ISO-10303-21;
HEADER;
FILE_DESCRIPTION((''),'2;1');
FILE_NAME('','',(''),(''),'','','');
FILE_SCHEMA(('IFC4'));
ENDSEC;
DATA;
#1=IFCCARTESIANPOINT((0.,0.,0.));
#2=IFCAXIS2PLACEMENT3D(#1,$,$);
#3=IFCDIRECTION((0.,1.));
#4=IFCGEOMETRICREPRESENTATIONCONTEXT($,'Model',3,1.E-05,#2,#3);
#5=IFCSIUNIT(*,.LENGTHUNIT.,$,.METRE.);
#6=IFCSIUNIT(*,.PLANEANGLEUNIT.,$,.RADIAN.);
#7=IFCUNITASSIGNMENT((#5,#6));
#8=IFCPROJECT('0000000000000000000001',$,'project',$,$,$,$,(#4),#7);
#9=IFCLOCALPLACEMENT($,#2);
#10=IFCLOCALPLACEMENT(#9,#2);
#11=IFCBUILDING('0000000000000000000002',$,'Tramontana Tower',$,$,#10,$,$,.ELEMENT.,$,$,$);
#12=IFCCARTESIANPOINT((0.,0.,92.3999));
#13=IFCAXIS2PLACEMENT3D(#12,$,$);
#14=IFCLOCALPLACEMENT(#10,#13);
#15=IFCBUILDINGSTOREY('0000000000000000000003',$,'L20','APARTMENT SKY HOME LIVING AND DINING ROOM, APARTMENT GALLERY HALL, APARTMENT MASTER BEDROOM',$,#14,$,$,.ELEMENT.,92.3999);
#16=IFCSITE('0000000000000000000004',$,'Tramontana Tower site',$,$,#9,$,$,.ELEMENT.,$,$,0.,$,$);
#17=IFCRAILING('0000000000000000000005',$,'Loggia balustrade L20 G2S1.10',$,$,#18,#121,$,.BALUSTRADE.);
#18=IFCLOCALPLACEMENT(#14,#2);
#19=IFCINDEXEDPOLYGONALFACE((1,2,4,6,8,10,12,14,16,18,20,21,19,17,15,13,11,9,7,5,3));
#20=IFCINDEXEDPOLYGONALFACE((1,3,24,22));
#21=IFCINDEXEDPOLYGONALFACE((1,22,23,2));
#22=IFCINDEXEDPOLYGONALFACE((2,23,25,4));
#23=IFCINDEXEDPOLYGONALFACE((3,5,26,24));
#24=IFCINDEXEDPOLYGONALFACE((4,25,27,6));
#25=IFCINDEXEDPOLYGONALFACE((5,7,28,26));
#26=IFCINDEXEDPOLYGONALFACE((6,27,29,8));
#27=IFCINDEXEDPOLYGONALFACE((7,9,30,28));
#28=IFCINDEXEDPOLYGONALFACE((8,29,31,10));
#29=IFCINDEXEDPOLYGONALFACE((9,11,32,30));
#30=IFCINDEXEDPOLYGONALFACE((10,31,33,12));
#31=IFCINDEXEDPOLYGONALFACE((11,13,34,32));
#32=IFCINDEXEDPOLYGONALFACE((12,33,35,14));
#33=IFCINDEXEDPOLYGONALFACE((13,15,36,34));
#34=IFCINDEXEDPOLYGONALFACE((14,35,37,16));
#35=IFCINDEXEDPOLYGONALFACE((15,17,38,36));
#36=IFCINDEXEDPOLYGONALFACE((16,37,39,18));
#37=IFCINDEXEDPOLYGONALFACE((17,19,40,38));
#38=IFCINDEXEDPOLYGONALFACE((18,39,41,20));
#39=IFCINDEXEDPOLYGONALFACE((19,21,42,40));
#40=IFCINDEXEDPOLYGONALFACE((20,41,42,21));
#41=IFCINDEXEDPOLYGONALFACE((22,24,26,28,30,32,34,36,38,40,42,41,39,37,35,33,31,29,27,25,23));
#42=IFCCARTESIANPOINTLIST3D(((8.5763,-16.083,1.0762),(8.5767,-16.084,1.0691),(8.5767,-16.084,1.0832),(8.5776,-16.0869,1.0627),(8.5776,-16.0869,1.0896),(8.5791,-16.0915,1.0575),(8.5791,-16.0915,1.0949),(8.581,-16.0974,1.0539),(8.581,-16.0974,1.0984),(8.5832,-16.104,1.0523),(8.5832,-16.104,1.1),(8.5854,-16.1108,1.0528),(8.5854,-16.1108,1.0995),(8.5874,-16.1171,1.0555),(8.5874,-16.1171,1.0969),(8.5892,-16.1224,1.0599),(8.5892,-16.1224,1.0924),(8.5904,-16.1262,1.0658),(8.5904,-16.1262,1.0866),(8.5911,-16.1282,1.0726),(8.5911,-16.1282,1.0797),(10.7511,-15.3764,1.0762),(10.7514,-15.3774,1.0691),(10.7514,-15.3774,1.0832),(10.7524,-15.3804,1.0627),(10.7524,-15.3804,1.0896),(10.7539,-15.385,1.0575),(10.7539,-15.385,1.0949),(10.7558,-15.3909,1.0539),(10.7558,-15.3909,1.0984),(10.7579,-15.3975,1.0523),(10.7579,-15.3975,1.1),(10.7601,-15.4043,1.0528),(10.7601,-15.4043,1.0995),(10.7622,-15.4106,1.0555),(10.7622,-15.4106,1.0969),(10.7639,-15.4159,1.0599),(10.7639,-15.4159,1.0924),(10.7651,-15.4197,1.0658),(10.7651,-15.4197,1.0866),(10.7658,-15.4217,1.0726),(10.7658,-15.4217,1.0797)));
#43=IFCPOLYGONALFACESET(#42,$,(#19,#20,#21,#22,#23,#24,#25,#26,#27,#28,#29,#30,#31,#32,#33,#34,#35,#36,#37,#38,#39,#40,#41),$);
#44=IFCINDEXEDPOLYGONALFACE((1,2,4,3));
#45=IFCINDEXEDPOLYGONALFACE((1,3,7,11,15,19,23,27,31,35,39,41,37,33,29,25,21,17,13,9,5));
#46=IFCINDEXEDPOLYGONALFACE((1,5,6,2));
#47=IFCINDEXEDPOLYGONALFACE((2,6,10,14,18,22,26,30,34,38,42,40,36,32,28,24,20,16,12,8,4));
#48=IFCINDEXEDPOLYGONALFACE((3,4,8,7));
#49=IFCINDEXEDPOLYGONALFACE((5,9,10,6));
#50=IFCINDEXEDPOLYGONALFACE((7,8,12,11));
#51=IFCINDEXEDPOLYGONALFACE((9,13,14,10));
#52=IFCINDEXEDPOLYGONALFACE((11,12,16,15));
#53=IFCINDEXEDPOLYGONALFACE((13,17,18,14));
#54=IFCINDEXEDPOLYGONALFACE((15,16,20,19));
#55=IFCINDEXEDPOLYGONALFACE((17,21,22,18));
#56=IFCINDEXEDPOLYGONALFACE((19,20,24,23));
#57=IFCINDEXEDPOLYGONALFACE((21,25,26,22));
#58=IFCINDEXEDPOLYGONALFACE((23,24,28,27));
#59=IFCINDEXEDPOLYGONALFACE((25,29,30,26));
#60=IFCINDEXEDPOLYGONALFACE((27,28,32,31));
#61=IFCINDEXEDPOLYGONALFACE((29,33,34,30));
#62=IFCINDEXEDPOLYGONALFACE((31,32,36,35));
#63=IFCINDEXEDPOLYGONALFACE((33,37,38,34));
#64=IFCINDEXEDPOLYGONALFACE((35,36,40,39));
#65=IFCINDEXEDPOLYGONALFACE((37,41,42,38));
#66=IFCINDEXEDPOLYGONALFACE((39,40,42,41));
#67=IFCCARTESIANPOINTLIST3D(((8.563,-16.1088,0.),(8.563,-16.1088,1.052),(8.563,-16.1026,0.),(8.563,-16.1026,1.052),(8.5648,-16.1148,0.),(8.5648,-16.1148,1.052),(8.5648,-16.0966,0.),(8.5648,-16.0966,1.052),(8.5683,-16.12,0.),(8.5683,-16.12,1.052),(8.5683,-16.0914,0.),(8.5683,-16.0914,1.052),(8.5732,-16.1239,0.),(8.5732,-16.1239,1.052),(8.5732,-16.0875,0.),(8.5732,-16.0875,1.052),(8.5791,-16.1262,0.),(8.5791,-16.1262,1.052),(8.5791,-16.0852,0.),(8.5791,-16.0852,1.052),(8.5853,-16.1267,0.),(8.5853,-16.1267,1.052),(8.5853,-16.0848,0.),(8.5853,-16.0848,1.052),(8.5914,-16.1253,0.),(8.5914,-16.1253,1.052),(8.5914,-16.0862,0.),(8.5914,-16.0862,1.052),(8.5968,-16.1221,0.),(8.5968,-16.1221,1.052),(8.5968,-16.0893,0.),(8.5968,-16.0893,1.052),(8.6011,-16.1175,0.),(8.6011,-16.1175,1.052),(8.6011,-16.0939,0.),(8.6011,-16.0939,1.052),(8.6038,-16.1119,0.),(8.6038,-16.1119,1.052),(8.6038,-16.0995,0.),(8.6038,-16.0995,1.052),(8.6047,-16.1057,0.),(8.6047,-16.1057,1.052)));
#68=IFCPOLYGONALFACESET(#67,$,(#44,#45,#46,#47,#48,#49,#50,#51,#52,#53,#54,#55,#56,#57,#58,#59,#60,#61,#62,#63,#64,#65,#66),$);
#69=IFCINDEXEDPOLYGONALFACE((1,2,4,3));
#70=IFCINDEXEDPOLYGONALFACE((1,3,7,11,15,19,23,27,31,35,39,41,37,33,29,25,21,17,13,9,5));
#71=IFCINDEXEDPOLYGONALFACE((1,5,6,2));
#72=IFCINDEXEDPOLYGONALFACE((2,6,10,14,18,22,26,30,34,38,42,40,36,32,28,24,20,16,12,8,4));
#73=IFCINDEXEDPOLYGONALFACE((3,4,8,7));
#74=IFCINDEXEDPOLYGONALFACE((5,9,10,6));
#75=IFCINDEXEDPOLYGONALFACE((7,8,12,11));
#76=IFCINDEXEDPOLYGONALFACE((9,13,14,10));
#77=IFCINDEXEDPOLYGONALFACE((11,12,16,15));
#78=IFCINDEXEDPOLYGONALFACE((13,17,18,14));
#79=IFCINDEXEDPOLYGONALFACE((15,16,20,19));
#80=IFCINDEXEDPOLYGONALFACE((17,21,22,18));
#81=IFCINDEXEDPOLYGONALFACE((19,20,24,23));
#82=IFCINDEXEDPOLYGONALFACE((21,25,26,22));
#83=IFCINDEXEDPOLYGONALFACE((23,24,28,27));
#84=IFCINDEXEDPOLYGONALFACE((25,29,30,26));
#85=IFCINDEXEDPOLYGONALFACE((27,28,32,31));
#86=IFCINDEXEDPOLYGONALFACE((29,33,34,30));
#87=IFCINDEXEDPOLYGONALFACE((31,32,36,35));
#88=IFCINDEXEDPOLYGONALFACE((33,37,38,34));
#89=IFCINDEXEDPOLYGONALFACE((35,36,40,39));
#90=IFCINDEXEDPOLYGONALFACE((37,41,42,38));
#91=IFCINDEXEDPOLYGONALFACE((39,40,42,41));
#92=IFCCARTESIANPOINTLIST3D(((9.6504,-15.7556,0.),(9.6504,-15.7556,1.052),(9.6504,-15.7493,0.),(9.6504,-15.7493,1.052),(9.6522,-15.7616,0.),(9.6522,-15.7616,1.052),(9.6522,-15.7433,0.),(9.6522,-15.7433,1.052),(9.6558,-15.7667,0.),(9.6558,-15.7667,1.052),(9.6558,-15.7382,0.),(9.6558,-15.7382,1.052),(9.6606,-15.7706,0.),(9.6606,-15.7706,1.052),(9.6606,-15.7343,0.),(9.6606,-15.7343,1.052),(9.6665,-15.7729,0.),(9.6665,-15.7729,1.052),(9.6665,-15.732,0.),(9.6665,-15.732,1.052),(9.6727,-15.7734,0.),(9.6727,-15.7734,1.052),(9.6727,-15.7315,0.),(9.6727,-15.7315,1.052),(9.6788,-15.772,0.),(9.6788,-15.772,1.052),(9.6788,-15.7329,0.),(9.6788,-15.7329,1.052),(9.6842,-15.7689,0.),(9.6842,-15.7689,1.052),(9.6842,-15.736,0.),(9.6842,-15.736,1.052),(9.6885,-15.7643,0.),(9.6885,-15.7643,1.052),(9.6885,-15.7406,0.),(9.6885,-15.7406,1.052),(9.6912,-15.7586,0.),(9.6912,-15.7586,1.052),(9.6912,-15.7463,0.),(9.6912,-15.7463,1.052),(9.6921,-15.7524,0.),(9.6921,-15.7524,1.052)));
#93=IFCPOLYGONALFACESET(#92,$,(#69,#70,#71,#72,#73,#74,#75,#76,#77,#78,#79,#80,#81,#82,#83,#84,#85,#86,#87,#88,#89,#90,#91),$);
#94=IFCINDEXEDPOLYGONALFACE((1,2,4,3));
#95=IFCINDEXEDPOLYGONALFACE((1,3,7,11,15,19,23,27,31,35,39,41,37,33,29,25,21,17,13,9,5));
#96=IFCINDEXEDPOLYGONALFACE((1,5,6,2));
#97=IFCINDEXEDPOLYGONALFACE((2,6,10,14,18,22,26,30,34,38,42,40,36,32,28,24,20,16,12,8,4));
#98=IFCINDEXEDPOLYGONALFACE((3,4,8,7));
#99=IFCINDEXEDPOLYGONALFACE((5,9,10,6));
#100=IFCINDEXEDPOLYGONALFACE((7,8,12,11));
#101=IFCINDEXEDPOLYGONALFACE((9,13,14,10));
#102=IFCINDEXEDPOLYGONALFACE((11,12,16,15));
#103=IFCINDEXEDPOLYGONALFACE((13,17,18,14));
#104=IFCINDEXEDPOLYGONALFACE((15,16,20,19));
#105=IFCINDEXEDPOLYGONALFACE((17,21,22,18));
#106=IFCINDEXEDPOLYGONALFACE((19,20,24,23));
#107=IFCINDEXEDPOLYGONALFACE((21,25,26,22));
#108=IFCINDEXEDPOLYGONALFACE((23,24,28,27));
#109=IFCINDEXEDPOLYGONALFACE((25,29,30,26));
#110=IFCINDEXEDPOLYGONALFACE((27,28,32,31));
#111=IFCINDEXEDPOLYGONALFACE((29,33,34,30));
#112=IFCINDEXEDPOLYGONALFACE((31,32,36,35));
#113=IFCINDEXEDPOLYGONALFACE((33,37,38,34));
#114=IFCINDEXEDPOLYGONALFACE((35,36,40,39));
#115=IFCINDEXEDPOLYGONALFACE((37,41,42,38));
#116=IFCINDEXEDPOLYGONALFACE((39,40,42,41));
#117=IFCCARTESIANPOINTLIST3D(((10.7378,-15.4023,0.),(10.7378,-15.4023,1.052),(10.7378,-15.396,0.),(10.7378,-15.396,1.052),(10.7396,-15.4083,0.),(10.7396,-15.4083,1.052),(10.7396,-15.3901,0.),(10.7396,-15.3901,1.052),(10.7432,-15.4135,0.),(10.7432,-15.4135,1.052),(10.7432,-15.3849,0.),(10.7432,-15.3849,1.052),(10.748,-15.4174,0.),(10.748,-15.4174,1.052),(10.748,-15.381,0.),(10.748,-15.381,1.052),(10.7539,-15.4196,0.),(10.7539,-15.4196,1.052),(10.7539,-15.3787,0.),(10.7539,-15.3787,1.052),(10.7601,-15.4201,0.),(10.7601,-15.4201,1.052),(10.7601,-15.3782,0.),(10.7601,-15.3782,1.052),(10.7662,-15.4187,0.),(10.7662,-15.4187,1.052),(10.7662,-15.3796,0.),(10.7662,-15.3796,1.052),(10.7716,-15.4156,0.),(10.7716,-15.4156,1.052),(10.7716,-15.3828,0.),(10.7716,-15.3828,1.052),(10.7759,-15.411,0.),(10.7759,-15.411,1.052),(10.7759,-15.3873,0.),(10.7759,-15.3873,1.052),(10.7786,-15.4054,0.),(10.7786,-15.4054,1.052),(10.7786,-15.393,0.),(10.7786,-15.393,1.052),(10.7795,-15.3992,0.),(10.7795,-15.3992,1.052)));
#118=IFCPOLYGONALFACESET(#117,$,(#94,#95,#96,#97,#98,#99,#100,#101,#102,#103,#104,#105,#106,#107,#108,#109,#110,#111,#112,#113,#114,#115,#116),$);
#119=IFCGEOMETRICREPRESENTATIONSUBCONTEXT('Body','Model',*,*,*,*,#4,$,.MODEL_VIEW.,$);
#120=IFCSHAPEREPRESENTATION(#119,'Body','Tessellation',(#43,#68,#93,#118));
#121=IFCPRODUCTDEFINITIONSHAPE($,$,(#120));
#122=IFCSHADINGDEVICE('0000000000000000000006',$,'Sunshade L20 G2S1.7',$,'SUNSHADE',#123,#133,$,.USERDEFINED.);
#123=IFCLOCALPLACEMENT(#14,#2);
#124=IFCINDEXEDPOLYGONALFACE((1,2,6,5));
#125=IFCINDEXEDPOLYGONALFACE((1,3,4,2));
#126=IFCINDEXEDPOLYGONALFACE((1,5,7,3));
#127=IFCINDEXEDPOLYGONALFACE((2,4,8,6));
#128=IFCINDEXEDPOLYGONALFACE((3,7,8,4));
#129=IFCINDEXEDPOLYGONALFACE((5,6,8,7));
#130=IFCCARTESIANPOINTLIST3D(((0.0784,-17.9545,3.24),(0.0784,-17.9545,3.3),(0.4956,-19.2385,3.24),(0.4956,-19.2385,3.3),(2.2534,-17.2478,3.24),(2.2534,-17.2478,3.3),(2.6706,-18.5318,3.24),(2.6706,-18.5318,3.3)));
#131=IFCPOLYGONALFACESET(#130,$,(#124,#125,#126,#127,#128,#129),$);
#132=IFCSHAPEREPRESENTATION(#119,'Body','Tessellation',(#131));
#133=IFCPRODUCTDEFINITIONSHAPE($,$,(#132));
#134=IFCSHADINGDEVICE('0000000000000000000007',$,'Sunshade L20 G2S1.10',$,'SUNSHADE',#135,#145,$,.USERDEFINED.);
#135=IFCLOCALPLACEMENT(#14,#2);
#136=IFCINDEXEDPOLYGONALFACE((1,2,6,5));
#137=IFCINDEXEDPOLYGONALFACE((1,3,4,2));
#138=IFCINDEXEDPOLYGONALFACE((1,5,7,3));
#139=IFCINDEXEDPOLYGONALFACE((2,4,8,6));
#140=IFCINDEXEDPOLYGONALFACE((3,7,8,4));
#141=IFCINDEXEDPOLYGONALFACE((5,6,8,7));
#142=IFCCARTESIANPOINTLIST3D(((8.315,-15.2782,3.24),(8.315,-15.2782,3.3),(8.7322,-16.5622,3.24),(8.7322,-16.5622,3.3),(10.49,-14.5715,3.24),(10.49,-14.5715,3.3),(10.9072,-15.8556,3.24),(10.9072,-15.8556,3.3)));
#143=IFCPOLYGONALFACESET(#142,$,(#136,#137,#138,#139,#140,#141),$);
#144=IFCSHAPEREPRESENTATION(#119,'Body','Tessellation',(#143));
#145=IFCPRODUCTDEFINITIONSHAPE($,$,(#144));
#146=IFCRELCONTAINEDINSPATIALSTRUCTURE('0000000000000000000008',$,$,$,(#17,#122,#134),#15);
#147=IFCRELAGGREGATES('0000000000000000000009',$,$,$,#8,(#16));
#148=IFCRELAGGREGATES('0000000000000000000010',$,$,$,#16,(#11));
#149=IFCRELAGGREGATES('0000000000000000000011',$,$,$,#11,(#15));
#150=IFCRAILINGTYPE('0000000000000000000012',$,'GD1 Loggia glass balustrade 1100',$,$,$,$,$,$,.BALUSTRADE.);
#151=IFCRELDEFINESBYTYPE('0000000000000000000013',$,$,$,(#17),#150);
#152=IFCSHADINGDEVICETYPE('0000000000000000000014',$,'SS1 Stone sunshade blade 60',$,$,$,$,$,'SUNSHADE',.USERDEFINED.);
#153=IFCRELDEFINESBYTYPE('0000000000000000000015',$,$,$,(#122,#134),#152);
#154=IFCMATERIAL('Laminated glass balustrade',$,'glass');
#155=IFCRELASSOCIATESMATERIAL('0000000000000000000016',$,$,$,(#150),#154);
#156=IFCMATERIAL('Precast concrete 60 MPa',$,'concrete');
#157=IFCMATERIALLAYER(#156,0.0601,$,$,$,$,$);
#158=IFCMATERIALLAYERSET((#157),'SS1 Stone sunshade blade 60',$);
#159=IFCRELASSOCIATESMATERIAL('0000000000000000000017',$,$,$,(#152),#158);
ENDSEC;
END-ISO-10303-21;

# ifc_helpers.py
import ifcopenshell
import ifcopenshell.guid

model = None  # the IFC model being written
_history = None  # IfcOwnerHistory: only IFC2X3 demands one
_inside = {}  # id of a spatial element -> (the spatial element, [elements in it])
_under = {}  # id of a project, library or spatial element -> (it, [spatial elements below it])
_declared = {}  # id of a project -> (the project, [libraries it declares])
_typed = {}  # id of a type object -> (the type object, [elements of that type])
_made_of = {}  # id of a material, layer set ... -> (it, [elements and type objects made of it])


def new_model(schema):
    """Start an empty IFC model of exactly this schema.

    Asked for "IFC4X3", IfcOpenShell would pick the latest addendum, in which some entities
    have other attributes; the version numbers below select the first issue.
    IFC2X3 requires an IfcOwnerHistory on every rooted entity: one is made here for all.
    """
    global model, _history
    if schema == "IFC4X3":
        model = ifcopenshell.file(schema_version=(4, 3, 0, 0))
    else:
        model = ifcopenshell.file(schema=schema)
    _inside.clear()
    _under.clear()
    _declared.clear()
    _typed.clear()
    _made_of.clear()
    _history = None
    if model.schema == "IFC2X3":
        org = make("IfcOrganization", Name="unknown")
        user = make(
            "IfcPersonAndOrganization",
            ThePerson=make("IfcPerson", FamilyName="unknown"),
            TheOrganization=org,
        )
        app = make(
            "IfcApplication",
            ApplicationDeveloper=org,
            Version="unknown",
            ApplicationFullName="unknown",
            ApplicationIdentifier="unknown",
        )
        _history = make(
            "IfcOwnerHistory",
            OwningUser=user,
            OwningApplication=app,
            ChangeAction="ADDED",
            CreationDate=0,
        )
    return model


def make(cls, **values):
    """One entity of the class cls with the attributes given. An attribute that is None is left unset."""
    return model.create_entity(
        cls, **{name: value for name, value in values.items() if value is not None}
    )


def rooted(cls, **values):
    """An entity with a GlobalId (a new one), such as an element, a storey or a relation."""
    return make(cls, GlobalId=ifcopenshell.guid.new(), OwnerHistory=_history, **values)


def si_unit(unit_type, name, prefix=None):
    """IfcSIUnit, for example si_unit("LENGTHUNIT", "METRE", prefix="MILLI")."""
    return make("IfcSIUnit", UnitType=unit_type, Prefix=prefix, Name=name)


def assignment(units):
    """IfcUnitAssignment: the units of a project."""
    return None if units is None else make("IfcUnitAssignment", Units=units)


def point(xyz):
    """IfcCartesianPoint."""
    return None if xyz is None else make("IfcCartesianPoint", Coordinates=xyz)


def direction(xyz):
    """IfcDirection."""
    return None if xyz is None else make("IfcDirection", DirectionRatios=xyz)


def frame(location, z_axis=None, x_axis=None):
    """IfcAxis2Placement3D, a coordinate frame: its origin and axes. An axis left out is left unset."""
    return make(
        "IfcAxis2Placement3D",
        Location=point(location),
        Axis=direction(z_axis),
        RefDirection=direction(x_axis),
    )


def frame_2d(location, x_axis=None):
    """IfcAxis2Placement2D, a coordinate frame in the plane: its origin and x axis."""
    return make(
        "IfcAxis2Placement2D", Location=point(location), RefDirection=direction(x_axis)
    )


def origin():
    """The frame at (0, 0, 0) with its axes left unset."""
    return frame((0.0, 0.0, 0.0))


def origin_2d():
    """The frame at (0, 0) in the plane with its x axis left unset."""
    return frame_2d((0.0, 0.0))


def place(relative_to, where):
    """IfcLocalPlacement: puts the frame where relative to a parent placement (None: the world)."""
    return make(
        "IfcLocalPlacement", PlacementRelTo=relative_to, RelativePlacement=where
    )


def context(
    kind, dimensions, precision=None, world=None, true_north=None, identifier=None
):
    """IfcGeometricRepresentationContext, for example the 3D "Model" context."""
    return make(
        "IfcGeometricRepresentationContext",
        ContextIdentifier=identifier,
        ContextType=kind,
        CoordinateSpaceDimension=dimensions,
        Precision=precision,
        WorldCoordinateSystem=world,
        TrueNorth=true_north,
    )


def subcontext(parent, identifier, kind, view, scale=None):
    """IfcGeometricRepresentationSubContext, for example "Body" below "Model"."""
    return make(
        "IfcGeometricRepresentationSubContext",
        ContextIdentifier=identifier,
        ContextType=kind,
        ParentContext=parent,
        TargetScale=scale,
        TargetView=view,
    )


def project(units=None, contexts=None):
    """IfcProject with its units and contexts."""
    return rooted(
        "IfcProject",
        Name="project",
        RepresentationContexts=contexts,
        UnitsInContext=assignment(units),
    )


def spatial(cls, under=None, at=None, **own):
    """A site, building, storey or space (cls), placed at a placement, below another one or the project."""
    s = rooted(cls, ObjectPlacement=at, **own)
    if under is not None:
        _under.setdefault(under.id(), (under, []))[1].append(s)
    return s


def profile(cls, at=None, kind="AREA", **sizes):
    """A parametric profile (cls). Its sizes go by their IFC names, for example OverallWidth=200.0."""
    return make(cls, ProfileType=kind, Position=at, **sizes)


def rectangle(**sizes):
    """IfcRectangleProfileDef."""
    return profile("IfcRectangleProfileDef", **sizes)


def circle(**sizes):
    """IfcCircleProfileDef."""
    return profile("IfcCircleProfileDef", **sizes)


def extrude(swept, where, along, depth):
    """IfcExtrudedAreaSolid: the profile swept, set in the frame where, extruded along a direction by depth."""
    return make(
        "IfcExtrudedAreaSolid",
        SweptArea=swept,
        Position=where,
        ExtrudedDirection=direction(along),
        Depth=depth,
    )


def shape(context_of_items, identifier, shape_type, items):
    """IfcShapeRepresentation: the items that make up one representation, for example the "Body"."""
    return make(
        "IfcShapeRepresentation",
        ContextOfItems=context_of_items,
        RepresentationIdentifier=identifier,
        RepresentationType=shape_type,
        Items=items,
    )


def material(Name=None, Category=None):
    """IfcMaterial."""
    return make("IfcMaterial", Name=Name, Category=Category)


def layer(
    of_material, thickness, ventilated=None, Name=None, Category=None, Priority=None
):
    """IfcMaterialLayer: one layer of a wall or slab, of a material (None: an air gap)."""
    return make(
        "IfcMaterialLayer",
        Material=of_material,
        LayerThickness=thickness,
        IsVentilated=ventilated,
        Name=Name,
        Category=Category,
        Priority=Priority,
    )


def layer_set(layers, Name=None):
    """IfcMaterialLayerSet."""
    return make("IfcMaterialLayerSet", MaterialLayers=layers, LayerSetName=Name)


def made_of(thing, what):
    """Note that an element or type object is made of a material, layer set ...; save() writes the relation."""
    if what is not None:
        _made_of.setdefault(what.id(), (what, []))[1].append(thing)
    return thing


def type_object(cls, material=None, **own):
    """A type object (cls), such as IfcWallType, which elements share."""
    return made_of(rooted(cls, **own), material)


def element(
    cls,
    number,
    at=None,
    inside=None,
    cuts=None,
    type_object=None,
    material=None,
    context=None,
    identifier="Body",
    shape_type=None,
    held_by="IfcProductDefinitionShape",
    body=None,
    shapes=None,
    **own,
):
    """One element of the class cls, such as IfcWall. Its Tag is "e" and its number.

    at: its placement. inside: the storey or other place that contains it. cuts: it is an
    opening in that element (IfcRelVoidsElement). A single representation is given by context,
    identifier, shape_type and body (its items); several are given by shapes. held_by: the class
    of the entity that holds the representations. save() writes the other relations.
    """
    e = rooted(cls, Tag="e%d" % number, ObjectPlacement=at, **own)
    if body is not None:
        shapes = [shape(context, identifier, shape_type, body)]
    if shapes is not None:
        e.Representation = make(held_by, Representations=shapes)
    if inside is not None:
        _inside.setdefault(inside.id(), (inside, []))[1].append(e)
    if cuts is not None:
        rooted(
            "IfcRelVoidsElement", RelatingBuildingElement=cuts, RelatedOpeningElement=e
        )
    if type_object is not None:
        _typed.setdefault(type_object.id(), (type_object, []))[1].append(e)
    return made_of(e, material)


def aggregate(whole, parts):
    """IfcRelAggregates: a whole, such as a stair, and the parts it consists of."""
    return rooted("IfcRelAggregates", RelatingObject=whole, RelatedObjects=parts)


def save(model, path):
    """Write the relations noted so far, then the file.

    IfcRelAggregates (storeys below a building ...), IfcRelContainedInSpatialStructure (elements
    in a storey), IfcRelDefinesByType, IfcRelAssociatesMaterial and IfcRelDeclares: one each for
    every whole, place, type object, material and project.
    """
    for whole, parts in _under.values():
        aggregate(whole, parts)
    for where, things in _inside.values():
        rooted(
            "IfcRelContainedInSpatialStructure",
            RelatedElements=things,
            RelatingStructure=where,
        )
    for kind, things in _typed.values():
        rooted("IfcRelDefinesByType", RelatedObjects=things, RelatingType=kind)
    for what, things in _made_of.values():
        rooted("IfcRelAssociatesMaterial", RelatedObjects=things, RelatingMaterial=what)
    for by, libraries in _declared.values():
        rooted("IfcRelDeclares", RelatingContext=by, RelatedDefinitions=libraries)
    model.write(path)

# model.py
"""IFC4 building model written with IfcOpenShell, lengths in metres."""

from ifc_helpers import new_model, si_unit, direction, frame, origin, origin_2d, place, context, subcontext, project, spatial, rectangle, circle, extrude, material, layer, layer_set, type_object, element, save


model = new_model("IFC4")

# Units and contexts
model_context = context("Model", 3, precision=1e-05, world=origin(), true_north=direction((0.0, 1.0)))
body_context = subcontext(model_context, "Body", "Model", "MODEL_VIEW")
ifc_project = project(units=[si_unit("LENGTHUNIT", "METRE"), si_unit("PLANEANGLEUNIT", "RADIAN")], contexts=[model_context])

# Site, building, storey
site_placement = place(None, origin())
site = spatial("IfcSite", under=ifc_project, at=site_placement, Name="Tramontana Tower site", CompositionType="ELEMENT", RefElevation=0.0)
building_placement = place(site_placement, origin())
building = spatial("IfcBuilding", under=site, at=building_placement, Name="Tramontana Tower", CompositionType="ELEMENT")
storey_placement = place(building_placement, frame((0.0, 0.0, 92.3999)))
storey = spatial("IfcBuildingStorey", under=building, at=storey_placement, Name="L20", Description="APARTMENT SKY HOME LIVING AND DINING ROOM, APARTMENT GALLERY HALL, APARTMENT MASTER BEDROOM", CompositionType="ELEMENT", Elevation=92.3999)

# Railing
ifc_material_1 = material(Name="Laminated glass balustrade", Category="glass")
railing_type = type_object("IfcRailingType", Name="GD1 Loggia glass balustrade 1100", PredefinedType="BALUSTRADE", material=ifc_material_1)
railing_1_placement = place(storey_placement, frame((8.5837, -16.1057, 0.0)))
element("IfcRailing", 1, at=railing_1_placement, inside=storey, type_object=railing_type, Name="Loggia balustrade L20 G2S1.10", PredefinedType="BALUSTRADE", context=body_context, shape_type="SweptSolid", body=[
    extrude(circle(Radius=0.0239, at=origin_2d()), frame((0.0, 0.0, 1.0762), z_axis=(0.951069, 0.30898, 0.0), x_axis=(-0.30898, 0.951069, 0.0)), (0.0, 0.0, 1.0), 2.2866),
    extrude(circle(Radius=0.021, at=origin_2d()), origin(), (0.0, 0.0, 1.0), 1.052),
    extrude(circle(Radius=0.021, at=origin_2d()), frame((1.0874, 0.3533, 0.0)), (0.0, 0.0, 1.0), 1.052),
    extrude(circle(Radius=0.021, at=origin_2d()), frame((2.1748, 0.7065, 0.0)), (0.0, 0.0, 1.0), 1.052),
])

# Shading devices
ifc_material_2 = material(Name="Precast concrete 60 MPa", Category="concrete")
ifc_layer_1 = layer(ifc_material_2, 0.0601)
ifc_layer_set_1 = layer_set([ifc_layer_1], Name="SS1 Stone sunshade blade 60")
shading_device_type = type_object("IfcShadingDeviceType", Name="SS1 Stone sunshade blade 60", ElementType="SUNSHADE", PredefinedType="USERDEFINED", material=ifc_layer_set_1)
for number, where, z_axis, x_axis, name in (
    (2, (1.3745, -18.2432, 3.24), (0.0, 0.0, 1.0), (0.951057, 0.309017, 0.0), "Sunshade L20 G2S1.7"),
    (3, (9.6111, -15.5669, 3.24), (0.0, 0.0, 1.0), (0.951057, 0.309017, 0.0), "Sunshade L20 G2S1.10"),
):
    element("IfcShadingDevice", number, at=place(storey_placement, frame(where, z_axis=z_axis, x_axis=x_axis)), inside=storey, type_object=shading_device_type, Name=name, ObjectType="SUNSHADE", PredefinedType="USERDEFINED", context=body_context, shape_type="SweptSolid", body=[
        extrude(rectangle(XDim=2.2869, YDim=1.3501, at=origin_2d()), origin(), (0.0, 0.0, 1.0), 0.0601),
    ])

save(model, "model.ifc")
